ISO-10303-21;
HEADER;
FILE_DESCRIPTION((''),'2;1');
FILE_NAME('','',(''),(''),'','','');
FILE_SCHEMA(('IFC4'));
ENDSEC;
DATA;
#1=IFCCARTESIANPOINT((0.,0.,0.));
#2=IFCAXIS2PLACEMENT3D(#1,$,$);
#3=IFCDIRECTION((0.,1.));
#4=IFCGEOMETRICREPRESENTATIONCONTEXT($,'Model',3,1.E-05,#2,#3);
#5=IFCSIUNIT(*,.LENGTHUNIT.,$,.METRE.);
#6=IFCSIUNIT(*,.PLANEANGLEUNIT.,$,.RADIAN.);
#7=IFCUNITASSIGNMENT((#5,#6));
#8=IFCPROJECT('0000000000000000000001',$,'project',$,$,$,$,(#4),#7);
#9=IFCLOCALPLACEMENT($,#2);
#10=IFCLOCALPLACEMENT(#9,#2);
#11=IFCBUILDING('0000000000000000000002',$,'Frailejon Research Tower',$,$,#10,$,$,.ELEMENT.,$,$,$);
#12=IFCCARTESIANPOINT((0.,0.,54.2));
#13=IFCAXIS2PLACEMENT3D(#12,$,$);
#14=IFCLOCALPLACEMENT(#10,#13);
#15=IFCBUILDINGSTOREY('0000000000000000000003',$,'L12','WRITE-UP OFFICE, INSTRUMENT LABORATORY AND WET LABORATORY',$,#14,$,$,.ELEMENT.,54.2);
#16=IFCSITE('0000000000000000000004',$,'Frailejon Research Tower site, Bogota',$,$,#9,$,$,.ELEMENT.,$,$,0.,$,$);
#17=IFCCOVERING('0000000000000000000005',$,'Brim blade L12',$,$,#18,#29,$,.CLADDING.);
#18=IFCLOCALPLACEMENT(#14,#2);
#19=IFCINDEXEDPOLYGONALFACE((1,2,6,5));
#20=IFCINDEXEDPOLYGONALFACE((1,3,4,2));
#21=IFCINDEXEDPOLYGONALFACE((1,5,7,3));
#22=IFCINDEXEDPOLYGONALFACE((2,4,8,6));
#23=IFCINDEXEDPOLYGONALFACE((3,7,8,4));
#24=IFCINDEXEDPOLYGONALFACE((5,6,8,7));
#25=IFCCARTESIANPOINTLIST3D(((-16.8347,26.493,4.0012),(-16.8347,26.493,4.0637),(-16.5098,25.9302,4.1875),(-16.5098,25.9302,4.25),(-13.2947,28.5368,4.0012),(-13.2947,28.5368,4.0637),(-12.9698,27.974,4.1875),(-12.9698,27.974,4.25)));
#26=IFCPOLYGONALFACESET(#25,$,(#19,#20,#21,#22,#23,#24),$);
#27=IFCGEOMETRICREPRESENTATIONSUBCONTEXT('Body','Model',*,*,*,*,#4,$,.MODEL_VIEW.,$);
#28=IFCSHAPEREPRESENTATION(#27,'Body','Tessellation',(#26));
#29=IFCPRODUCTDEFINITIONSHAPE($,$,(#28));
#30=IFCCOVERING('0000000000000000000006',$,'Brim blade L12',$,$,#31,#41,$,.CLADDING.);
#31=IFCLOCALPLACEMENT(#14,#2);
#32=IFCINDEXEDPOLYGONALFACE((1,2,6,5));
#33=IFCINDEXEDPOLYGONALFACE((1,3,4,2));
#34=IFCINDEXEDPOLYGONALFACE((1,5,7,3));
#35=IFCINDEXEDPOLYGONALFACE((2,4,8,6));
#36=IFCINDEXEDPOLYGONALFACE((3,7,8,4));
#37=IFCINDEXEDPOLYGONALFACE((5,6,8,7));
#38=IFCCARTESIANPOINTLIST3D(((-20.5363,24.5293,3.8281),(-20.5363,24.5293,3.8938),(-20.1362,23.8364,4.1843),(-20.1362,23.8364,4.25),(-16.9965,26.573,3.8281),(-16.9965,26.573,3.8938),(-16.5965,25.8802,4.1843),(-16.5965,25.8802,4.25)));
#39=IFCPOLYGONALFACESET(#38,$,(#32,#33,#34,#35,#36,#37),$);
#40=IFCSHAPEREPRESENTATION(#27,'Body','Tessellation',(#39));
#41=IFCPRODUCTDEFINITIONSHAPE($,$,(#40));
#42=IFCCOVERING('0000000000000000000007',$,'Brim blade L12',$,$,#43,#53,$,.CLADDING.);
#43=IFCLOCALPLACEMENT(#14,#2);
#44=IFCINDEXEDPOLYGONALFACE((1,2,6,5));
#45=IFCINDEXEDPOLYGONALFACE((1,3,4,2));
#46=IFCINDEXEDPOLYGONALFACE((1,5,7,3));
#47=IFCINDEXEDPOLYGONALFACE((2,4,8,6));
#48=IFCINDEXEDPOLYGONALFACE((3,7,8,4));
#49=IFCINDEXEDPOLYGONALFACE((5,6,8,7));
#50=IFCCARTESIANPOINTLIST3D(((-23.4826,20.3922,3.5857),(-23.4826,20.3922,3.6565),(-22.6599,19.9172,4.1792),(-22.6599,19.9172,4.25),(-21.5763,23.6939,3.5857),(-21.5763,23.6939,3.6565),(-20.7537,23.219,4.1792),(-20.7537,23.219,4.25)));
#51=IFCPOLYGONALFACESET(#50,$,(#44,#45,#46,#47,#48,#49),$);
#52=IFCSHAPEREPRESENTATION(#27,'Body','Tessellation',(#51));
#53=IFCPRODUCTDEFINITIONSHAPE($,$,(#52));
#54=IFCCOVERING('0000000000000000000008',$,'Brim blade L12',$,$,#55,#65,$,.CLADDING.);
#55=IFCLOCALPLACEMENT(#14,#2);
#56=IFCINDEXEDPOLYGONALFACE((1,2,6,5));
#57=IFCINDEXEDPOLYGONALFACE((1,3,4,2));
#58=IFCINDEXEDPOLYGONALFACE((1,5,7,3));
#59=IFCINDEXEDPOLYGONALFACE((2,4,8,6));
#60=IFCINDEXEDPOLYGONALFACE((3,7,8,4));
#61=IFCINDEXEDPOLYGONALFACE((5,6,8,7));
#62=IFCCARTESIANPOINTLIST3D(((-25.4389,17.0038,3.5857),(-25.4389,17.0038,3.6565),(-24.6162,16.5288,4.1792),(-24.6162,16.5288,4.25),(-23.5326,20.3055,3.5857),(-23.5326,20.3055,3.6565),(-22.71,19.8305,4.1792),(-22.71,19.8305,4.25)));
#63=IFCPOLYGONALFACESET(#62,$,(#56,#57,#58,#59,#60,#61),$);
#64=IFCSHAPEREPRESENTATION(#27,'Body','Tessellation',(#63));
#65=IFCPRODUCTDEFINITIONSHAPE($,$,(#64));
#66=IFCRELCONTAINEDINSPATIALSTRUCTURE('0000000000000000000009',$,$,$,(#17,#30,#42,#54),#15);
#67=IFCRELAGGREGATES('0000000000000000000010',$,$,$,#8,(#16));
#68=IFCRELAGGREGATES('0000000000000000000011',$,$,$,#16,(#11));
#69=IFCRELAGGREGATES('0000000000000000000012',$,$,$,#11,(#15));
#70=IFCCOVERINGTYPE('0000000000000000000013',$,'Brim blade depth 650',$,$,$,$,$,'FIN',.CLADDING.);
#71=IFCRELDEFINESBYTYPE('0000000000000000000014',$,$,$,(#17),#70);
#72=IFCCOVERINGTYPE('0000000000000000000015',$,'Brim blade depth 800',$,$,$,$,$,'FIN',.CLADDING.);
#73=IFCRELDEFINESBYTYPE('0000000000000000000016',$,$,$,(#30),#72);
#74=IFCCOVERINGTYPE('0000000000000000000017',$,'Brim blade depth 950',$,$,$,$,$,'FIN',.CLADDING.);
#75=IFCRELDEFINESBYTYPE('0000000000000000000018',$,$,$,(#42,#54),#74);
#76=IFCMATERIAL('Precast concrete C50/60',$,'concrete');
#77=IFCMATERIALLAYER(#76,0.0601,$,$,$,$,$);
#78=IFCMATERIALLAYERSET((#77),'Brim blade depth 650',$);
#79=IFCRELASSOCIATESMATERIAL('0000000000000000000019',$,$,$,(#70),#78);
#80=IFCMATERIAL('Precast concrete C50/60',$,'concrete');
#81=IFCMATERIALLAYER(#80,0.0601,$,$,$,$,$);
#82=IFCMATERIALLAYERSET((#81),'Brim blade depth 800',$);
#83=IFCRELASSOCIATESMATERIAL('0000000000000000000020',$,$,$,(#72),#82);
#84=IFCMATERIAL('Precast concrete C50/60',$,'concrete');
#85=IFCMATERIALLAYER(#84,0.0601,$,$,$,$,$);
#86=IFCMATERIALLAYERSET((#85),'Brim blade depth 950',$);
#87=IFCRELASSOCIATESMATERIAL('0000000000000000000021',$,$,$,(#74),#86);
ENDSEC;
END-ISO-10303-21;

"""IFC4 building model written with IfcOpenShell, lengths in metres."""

from ifc_helpers import new_model, si_unit, direction, frame, origin, place, context, subcontext, project, spatial, polyline, outline, extrude, material, layer, layer_set, type_object, element, save


model = new_model("IFC4")

# Units and contexts
model_context = context("Model", 3, precision=1e-05, world=origin(), true_north=direction((0.0, 1.0)))
body_context = subcontext(model_context, "Body", "Model", "MODEL_VIEW")
ifc_project = project(units=[si_unit("LENGTHUNIT", "METRE"), si_unit("PLANEANGLEUNIT", "RADIAN")], contexts=[model_context])

# Site, building, storey
site_placement = place(None, origin())
site = spatial("IfcSite", under=ifc_project, at=site_placement, Name="Frailejon Research Tower site, Bogota", CompositionType="ELEMENT", RefElevation=0.0)
building_placement = place(site_placement, origin())
building = spatial("IfcBuilding", under=site, at=building_placement, Name="Frailejon Research Tower", CompositionType="ELEMENT")
storey_placement = place(building_placement, frame((0.0, 0.0, 54.2)))
storey = spatial("IfcBuildingStorey", under=building, at=storey_placement, Name="L12", Description="WRITE-UP OFFICE, INSTRUMENT LABORATORY AND WET LABORATORY", CompositionType="ELEMENT", Elevation=54.2)

# Coverings
ifc_material_1 = material(Name="Precast concrete C50/60", Category="concrete")
ifc_layer_1 = layer(ifc_material_1, 0.0601)
ifc_layer_set_1 = layer_set([ifc_layer_1], Name="Brim blade depth 650")
covering_type_1 = type_object("IfcCoveringType", Name="Brim blade depth 650", ElementType="FIN", PredefinedType="CLADDING", material=ifc_layer_set_1)
covering_1_placement = place(storey_placement, frame((-16.5098, 25.9302, 4.25), z_axis=(0.866027, 0.499997, 0.0), x_axis=(-0.499997, 0.866027, 0.0)))
element("IfcCovering", 1, at=covering_1_placement, inside=storey, type_object=covering_type_1, Name="Brim blade L12", PredefinedType="CLADDING", context=body_context, shape_type="SweptSolid", body=[
    extrude(outline(polyline([(0.0, -0.0625), (0.6499, -0.2488), (0.6499, -0.1863), (0.0, 0.0), (0.0, -0.0625)])), origin(), (0.0, 0.0, 1.0), 4.0876),
])
ifc_material_2 = material(Name="Precast concrete C50/60", Category="concrete")
ifc_layer_2 = layer(ifc_material_2, 0.0601)
ifc_layer_set_2 = layer_set([ifc_layer_2], Name="Brim blade depth 800")
covering_type_2 = type_object("IfcCoveringType", Name="Brim blade depth 800", ElementType="FIN", PredefinedType="CLADDING", material=ifc_layer_set_2)
covering_2_placement = place(storey_placement, frame((-20.1362, 23.8364, 4.25), z_axis=(0.866021, 0.500007, 0.0), x_axis=(-0.500007, 0.866021, 0.0)))
element("IfcCovering", 2, at=covering_2_placement, inside=storey, type_object=covering_type_2, Name="Brim blade L12", PredefinedType="CLADDING", context=body_context, shape_type="SweptSolid", body=[
    extrude(outline(polyline([(0.0, -0.0657), (0.8, -0.4219), (0.8, -0.3562), (0.0, 0.0), (0.0, -0.0657)])), origin(), (0.0, 0.0, 1.0), 4.0874),
])
ifc_material_3 = material(Name="Precast concrete C50/60", Category="concrete")
ifc_layer_3 = layer(ifc_material_3, 0.0601)
ifc_layer_set_3 = layer_set([ifc_layer_3], Name="Brim blade depth 950")
covering_type_3 = type_object("IfcCoveringType", Name="Brim blade depth 950", ElementType="FIN", PredefinedType="CLADDING", material=ifc_layer_set_3)
for number, where, z_axis, x_axis, name in (
    (3, (-22.6599, 19.9172, 4.25), (0.500001, 0.866025, 0.0), (-0.866025, 0.500001, 0.0), "Brim blade L12"),
    (4, (-24.6162, 16.5288, 4.25), (0.500001, 0.866025, 0.0), (-0.866025, 0.500001, 0.0), "Brim blade L12"),
):
    element("IfcCovering", number, at=place(storey_placement, frame(where, z_axis=z_axis, x_axis=x_axis)), inside=storey, type_object=covering_type_3, Name=name, PredefinedType="CLADDING", context=body_context, shape_type="SweptSolid", body=[
        extrude(outline(polyline([(0.0, -0.0708), (0.95, -0.6643), (0.95, -0.5935), (0.0, 0.0), (0.0, -0.0708)])), origin(), (0.0, 0.0, 1.0), 3.8125),
    ])

save(model, "model.ifc")
